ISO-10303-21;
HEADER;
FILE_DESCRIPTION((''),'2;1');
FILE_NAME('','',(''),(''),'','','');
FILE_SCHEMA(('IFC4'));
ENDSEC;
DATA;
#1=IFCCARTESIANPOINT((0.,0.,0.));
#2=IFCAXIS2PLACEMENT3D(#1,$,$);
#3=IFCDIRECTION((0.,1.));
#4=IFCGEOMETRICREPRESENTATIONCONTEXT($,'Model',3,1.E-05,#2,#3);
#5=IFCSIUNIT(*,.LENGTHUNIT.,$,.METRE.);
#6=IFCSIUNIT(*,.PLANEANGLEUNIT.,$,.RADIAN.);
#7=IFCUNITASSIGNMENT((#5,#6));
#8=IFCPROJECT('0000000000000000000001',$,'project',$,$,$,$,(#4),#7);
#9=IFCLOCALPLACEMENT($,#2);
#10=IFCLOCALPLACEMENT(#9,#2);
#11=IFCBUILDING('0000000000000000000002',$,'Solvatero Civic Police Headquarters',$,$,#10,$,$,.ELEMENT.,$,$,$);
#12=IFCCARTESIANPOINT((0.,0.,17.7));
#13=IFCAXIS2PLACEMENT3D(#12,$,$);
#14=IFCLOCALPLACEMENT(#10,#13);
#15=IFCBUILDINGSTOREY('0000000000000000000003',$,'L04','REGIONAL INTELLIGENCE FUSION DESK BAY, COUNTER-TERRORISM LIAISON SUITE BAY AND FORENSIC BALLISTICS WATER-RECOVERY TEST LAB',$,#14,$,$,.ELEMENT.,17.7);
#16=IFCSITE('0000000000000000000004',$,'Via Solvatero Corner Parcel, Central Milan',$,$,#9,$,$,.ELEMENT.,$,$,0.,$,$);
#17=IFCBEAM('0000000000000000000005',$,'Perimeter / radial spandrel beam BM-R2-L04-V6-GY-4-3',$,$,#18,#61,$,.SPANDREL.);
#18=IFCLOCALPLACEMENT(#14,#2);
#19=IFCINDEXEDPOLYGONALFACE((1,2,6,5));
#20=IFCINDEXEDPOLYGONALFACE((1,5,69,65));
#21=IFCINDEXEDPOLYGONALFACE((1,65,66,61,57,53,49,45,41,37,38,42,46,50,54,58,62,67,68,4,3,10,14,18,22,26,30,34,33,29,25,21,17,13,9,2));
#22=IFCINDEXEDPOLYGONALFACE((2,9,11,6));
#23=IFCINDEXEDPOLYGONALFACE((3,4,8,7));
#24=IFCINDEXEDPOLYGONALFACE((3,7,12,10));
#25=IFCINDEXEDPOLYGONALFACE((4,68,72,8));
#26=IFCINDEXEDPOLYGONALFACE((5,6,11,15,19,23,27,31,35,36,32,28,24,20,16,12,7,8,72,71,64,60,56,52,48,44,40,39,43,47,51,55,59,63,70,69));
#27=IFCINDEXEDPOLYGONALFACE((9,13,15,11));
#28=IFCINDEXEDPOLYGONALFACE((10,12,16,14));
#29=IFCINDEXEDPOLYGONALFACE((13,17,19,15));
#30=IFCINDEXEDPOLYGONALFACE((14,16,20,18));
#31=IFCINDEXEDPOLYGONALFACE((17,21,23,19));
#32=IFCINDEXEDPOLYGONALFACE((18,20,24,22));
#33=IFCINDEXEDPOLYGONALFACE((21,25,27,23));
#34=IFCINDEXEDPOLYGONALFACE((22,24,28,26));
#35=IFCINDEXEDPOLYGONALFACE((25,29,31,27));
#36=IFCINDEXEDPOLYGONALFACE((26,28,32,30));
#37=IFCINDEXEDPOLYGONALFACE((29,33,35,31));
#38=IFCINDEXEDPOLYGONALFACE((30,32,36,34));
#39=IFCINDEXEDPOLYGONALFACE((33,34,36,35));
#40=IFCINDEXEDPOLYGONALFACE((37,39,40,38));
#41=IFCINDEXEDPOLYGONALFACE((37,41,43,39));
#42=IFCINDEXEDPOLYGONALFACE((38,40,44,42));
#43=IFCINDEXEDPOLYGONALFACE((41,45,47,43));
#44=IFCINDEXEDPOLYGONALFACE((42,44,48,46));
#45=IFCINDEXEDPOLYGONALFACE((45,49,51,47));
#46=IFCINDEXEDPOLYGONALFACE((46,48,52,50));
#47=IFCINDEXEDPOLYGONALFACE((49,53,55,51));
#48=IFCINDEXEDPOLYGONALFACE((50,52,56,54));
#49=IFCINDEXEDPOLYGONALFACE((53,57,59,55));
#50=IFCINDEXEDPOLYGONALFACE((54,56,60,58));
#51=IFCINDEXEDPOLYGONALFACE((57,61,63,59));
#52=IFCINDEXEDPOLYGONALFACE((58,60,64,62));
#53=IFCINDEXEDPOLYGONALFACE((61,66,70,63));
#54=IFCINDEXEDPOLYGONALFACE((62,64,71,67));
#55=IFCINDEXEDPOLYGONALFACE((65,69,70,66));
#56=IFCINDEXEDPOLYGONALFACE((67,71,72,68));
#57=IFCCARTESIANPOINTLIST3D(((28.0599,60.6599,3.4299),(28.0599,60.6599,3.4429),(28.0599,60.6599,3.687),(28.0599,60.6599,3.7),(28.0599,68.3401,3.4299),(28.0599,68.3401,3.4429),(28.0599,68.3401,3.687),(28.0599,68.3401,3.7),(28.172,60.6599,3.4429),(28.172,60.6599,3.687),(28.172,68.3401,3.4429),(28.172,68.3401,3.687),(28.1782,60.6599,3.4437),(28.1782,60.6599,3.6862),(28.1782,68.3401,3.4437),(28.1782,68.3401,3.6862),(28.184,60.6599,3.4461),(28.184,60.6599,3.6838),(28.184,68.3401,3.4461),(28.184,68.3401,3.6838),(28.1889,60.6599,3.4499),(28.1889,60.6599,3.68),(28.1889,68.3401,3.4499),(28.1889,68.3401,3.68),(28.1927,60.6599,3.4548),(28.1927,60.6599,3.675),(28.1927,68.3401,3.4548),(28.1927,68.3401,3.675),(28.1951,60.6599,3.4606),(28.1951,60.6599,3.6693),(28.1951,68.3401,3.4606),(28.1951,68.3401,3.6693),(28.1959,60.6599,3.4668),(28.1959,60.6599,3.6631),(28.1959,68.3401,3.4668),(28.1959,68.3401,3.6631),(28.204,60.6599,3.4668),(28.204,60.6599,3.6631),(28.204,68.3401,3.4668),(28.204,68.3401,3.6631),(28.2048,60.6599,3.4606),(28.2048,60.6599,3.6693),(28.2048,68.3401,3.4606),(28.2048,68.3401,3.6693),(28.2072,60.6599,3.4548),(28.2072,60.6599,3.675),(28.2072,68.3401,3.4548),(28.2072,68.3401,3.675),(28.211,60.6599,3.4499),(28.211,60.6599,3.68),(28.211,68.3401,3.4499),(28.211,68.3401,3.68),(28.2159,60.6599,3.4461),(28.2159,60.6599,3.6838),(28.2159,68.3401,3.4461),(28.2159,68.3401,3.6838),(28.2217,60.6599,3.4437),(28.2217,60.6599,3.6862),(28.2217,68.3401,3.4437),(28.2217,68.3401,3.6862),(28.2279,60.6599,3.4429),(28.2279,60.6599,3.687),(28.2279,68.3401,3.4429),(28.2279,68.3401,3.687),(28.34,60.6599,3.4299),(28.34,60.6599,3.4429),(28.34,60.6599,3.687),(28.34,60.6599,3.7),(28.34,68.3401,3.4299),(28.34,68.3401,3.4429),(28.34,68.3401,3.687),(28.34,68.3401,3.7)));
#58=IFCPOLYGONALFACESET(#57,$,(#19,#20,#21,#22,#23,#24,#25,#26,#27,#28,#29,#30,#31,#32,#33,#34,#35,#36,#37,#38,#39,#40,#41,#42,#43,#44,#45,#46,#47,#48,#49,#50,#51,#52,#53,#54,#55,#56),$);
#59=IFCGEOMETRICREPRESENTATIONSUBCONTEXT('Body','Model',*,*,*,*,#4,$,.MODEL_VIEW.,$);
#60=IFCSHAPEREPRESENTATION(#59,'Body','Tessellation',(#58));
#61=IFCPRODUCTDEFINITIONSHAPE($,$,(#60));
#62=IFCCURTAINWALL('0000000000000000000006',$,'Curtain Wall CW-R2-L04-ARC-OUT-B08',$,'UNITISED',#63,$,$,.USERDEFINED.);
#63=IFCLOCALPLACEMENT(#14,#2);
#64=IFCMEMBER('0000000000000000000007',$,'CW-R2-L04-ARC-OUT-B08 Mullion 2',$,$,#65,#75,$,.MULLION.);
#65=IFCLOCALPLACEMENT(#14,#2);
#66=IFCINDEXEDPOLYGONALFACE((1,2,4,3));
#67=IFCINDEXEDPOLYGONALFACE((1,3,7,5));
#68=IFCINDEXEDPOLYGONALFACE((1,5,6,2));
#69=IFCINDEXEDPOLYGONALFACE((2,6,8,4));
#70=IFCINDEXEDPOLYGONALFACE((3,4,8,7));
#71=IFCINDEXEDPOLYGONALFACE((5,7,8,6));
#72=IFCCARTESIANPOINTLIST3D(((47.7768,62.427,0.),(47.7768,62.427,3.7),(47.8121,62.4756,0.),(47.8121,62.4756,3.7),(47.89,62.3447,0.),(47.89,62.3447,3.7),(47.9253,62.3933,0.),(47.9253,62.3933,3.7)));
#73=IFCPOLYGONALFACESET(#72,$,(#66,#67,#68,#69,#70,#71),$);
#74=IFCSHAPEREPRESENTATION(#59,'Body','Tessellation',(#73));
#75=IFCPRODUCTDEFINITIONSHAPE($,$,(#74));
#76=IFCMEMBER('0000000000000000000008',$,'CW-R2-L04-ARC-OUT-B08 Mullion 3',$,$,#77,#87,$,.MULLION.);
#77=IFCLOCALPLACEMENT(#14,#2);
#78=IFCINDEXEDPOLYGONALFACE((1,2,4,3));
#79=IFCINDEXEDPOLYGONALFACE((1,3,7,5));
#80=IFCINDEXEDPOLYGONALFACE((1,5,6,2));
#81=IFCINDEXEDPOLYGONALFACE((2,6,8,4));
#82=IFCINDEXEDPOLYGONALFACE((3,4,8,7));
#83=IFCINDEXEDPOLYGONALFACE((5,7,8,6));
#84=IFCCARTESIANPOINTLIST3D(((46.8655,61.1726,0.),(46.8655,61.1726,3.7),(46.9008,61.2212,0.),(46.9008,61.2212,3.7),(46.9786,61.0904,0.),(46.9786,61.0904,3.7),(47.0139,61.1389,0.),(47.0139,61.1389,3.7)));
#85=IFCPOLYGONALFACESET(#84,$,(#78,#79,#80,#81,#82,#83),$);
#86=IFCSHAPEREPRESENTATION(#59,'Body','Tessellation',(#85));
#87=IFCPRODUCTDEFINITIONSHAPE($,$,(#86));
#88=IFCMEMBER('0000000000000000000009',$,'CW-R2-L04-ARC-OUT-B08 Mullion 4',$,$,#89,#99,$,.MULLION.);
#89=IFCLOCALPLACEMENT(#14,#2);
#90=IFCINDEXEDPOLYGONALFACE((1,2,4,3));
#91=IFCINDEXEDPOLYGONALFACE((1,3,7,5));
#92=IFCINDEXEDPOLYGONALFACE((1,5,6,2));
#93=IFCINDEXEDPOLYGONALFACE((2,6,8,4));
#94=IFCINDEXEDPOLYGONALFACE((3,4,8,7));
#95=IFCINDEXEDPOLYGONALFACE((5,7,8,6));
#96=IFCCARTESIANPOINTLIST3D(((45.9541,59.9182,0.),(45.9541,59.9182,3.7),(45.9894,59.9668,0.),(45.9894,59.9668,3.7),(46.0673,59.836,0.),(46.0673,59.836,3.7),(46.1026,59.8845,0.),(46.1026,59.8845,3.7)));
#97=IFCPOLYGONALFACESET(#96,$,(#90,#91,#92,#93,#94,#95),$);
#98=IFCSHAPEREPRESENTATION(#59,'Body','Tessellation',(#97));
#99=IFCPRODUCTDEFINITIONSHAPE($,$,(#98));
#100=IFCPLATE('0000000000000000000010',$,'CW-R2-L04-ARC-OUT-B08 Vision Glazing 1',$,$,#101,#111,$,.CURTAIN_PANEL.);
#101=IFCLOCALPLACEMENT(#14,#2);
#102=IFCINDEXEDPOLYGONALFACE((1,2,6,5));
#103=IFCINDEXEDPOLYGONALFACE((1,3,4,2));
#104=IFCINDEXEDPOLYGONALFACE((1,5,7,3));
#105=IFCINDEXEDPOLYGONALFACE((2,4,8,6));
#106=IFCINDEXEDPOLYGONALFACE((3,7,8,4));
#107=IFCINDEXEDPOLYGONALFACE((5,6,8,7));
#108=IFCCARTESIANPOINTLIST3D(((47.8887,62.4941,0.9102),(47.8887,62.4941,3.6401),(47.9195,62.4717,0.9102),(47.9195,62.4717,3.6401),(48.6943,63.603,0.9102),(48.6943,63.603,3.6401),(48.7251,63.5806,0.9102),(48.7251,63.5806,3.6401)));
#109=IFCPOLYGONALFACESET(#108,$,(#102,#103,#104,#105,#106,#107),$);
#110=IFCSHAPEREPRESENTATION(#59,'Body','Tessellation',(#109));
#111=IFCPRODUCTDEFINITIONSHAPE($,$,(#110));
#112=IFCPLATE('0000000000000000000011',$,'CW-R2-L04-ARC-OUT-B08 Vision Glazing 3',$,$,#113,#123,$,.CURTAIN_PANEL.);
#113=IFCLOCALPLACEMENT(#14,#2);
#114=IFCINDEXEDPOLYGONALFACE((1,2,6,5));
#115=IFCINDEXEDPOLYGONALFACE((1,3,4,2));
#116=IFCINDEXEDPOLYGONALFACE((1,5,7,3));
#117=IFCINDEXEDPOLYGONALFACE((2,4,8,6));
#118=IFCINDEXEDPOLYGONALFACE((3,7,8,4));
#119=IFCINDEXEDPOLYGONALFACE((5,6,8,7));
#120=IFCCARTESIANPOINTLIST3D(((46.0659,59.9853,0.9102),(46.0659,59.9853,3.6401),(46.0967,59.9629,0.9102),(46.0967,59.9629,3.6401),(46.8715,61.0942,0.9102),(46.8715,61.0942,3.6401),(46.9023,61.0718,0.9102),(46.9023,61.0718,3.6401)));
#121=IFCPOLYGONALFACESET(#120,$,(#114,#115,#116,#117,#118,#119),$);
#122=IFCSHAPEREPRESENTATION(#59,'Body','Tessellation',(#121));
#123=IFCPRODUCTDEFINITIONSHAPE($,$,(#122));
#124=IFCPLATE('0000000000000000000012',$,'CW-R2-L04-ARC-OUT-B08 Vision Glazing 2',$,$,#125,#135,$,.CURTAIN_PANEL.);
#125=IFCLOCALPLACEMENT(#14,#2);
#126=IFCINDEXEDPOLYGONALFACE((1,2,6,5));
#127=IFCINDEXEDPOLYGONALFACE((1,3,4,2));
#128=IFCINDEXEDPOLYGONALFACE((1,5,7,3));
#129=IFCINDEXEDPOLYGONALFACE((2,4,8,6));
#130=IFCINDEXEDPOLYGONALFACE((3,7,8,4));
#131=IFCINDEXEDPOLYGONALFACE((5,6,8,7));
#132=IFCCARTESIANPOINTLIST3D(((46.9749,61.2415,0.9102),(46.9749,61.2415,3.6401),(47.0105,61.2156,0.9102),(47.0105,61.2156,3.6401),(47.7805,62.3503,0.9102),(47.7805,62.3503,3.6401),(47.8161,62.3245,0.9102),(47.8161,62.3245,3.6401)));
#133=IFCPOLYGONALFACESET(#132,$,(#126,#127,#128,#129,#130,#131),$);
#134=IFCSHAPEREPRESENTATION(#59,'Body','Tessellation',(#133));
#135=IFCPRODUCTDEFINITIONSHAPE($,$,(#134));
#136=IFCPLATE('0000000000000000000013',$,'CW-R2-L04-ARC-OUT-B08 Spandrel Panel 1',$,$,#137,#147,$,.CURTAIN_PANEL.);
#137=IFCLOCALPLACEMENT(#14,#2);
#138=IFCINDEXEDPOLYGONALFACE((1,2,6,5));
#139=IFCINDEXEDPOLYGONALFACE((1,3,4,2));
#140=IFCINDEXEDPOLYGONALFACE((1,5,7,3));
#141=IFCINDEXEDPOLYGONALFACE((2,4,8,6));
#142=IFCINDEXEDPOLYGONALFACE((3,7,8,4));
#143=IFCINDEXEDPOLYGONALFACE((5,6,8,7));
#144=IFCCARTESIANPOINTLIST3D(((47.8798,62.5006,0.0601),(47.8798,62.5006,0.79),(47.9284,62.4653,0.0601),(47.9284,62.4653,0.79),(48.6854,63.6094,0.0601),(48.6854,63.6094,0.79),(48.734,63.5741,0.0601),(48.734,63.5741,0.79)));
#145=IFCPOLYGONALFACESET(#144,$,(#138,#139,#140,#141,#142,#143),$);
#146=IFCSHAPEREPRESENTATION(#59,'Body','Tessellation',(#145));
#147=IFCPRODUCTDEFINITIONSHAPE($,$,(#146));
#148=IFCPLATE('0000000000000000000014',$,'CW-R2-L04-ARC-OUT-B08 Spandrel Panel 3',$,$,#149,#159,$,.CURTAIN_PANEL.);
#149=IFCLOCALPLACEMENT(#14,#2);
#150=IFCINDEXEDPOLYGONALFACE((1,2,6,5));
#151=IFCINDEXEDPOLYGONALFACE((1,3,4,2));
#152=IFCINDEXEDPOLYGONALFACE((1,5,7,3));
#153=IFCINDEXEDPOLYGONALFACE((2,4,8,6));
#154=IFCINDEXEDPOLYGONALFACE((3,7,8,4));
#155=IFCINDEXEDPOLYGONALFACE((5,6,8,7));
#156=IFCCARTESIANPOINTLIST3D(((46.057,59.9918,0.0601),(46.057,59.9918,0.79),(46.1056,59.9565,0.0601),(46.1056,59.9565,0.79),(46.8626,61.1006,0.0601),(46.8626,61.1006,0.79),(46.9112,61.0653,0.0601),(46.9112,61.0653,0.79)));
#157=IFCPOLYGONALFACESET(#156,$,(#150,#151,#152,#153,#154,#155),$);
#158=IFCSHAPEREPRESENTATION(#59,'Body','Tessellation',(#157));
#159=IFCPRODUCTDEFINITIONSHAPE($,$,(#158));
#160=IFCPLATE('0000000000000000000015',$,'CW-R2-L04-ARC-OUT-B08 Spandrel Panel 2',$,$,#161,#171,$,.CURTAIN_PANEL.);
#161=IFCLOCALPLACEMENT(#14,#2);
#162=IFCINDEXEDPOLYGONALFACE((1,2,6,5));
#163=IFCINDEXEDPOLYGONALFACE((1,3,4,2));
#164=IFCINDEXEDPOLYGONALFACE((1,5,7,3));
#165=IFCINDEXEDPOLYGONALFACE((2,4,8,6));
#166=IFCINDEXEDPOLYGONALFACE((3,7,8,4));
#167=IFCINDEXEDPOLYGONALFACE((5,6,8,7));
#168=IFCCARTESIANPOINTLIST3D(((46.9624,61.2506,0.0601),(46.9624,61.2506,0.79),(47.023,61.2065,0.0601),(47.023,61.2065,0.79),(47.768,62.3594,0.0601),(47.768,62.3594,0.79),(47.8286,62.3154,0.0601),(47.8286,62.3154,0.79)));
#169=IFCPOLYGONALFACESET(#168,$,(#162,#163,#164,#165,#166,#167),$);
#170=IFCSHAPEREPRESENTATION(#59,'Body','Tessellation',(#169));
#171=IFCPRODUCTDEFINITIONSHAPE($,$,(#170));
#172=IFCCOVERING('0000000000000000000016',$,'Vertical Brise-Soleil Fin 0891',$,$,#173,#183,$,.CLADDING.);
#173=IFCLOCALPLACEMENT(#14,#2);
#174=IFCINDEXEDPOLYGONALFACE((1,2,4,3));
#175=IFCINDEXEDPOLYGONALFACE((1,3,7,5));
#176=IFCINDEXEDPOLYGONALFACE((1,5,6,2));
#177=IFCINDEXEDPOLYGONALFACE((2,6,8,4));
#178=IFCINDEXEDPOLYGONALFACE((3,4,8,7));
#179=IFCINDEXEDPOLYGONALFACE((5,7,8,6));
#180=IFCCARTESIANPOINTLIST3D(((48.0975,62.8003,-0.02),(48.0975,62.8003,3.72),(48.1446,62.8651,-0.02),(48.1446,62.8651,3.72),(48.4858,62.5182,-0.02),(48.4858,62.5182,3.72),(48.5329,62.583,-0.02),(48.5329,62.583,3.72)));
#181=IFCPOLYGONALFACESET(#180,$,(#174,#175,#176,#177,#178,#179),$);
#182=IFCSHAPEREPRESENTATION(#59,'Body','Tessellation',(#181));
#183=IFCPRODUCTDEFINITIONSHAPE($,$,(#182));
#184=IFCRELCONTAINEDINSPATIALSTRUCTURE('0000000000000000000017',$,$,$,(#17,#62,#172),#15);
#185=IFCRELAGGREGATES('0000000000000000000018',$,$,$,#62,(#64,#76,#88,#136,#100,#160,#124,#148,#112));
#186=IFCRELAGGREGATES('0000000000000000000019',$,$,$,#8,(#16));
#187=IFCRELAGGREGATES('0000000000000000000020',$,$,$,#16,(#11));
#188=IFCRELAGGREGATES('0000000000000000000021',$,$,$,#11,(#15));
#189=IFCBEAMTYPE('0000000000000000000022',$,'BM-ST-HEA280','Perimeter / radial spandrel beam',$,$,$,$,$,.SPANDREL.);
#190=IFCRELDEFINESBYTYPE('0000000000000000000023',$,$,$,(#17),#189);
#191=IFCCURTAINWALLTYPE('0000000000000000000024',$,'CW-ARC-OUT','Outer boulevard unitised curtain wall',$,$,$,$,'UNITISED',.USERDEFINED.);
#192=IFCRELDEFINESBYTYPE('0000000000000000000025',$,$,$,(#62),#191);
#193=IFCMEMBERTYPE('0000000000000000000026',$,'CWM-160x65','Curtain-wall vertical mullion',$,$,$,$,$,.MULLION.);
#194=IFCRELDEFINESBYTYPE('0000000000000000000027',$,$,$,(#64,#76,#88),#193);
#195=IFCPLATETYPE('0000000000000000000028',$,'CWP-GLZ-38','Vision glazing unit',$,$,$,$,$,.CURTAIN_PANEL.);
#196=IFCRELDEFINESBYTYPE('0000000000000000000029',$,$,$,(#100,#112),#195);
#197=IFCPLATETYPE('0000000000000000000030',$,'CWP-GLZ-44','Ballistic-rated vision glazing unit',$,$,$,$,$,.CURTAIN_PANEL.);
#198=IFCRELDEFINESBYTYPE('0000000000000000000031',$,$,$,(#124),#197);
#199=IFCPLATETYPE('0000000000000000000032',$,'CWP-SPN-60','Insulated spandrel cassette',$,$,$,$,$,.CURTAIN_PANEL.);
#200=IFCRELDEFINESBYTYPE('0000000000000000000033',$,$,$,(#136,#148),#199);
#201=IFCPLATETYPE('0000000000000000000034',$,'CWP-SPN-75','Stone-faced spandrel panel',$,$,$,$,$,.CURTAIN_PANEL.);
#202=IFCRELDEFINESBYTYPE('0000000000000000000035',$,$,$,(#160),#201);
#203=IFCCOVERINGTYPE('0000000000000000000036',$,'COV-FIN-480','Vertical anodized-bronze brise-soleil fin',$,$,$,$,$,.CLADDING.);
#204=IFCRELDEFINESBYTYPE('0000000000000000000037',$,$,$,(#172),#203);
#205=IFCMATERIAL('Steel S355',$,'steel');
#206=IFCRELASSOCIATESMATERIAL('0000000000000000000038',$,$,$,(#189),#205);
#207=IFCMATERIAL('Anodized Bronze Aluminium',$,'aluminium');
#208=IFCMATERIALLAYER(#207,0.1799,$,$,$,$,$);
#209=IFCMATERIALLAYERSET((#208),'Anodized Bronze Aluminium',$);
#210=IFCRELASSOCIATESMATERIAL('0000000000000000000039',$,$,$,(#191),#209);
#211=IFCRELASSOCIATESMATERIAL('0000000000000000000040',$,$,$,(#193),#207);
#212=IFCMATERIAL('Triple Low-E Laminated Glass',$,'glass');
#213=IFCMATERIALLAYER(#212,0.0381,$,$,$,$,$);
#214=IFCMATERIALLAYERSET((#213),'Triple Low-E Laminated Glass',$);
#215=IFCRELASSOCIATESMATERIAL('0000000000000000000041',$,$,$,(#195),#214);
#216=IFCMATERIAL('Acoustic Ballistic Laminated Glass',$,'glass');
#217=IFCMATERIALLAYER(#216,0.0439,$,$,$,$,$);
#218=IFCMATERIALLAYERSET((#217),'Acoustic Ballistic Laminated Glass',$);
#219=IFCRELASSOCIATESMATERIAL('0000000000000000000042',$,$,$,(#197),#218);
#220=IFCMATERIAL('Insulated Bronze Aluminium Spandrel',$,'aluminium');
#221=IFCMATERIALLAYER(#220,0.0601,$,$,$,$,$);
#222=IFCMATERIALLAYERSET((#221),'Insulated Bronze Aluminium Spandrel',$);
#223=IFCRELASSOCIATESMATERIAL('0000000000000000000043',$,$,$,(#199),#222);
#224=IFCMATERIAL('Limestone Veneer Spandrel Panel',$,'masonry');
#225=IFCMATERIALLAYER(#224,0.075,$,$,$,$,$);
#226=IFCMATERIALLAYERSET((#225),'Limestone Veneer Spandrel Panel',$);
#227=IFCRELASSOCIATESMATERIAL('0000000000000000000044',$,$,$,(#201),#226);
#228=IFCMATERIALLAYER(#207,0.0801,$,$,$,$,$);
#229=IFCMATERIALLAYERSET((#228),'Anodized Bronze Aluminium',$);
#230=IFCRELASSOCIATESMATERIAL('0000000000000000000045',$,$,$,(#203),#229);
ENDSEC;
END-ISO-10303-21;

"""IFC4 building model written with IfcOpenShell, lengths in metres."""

from ifc_helpers import new_model, si_unit, direction, frame, origin, origin_2d, place, context, subcontext, project, spatial, rectangle, i_section, extrude, material, layer, layer_set, material_profile, profile_set, type_object, element, aggregate, save


model = new_model("IFC4")

# Units and contexts
model_context = context("Model", 3, precision=1e-05, world=origin(), true_north=direction((0.0, 1.0)))
body_context = subcontext(model_context, "Body", "Model", "MODEL_VIEW")
ifc_project = project(units=[si_unit("LENGTHUNIT", "METRE"), si_unit("PLANEANGLEUNIT", "RADIAN")], contexts=[model_context])

# Site, building, storey
site_placement = place(None, origin())
site = spatial("IfcSite", under=ifc_project, at=site_placement, Name="Via Solvatero Corner Parcel, Central Milan", CompositionType="ELEMENT", RefElevation=0.0)
building_placement = place(site_placement, origin())
building = spatial("IfcBuilding", under=site, at=building_placement, Name="Solvatero Civic Police Headquarters", CompositionType="ELEMENT")
storey_placement = place(building_placement, frame((0.0, 0.0, 17.7)))
storey = spatial("IfcBuildingStorey", under=building, at=storey_placement, Name="L04", Description="REGIONAL INTELLIGENCE FUSION DESK BAY, COUNTER-TERRORISM LIAISON SUITE BAY AND FORENSIC BALLISTICS WATER-RECOVERY TEST LAB", CompositionType="ELEMENT", Elevation=17.7)

# Beam
ifc_material_1 = material(Name="Steel S355", Category="steel")
ifc_material_profile_1 = material_profile(ifc_material_1, i_section(OverallWidth=0.28, OverallDepth=0.27, WebThickness=0.0081, FlangeThickness=0.0129, FilletRadius=0.0239, at=origin_2d()), Name="HEA 280")
ifc_profile_set_1 = profile_set([ifc_material_profile_1], Name="Steel S355")
beam_type = type_object("IfcBeamType", Name="BM-ST-HEA280", Description="Perimeter / radial spandrel beam", PredefinedType="SPANDREL", material=ifc_profile_set_1)
beam_placement = place(storey_placement, frame((28.2, 60.6599, 3.5649), z_axis=(0.0, 1.0, 0.0), x_axis=(-1.0, 0.0, 0.0)))
element("IfcBeam", 1, at=beam_placement, inside=storey, type_object=beam_type, Name="Perimeter / radial spandrel beam BM-R2-L04-V6-GY-4-3", PredefinedType="SPANDREL", context=body_context, shape_type="SweptSolid", body=[
    extrude(i_section(OverallWidth=0.28, OverallDepth=0.27, WebThickness=0.0081, FlangeThickness=0.0129, FilletRadius=0.0239, at=origin_2d()), origin(), (0.0, 0.0, 1.0), 7.6802),
])

# Curtain wall, members, plates
ifc_material_2 = material(Name="Anodized Bronze Aluminium", Category="aluminium")
ifc_layer_1 = layer(ifc_material_2, 0.1799)
ifc_layer_set_1 = layer_set([ifc_layer_1], Name="Anodized Bronze Aluminium")
curtain_wall_type = type_object("IfcCurtainWallType", Name="CW-ARC-OUT", Description="Outer boulevard unitised curtain wall", ElementType="UNITISED", PredefinedType="USERDEFINED", material=ifc_layer_set_1)
curtain_wall_placement = place(storey_placement, origin())
curtain_wall = element("IfcCurtainWall", 2, at=curtain_wall_placement, inside=storey, type_object=curtain_wall_type, Name="Curtain Wall CW-R2-L04-ARC-OUT-B08", ObjectType="UNITISED", PredefinedType="USERDEFINED")
ifc_material_profile_2 = material_profile(ifc_material_2, rectangle(XDim=0.0601, YDim=0.1399, at=origin_2d()), Name="ALU MULLION 60x140")
ifc_profile_set_2 = profile_set([ifc_material_profile_2], Name="Anodized Bronze Aluminium")
member_type = type_object("IfcMemberType", Name="CWM-160x65", Description="Curtain-wall vertical mullion", PredefinedType="MULLION", material=ifc_profile_set_2)
member_1_placement = place(storey_placement, frame((47.8511, 62.4102, 0.0), z_axis=(0.0, 0.0, 1.0), x_axis=(-0.587785, -0.809017, 0.0)))
member_1 = element("IfcMember", 3, at=member_1_placement, type_object=member_type, Name="CW-R2-L04-ARC-OUT-B08 Mullion 2", PredefinedType="MULLION", context=body_context, shape_type="SweptSolid", body=[
    extrude(rectangle(XDim=0.0601, YDim=0.1399, at=origin_2d()), origin(), (0.0, 0.0, 1.0), 3.7),
])
member_2_placement = place(storey_placement, frame((46.9397, 61.1558, 0.0), z_axis=(0.0, 0.0, 1.0), x_axis=(-0.587785, -0.809017, 0.0)))
member_2 = element("IfcMember", 4, at=member_2_placement, type_object=member_type, Name="CW-R2-L04-ARC-OUT-B08 Mullion 3", PredefinedType="MULLION", context=body_context, shape_type="SweptSolid", body=[
    extrude(rectangle(XDim=0.0601, YDim=0.1399, at=origin_2d()), origin(), (0.0, 0.0, 1.0), 3.7),
])
member_3_placement = place(storey_placement, frame((46.0283, 59.9014, 0.0), z_axis=(0.0, 0.0, 1.0), x_axis=(-0.587785, -0.809017, 0.0)))
member_3 = element("IfcMember", 5, at=member_3_placement, type_object=member_type, Name="CW-R2-L04-ARC-OUT-B08 Mullion 4", PredefinedType="MULLION", context=body_context, shape_type="SweptSolid", body=[
    extrude(rectangle(XDim=0.0601, YDim=0.1399, at=origin_2d()), origin(), (0.0, 0.0, 1.0), 3.7),
])
ifc_material_3 = material(Name="Triple Low-E Laminated Glass", Category="glass")
ifc_layer_2 = layer(ifc_material_3, 0.0381)
ifc_layer_set_2 = layer_set([ifc_layer_2], Name="Triple Low-E Laminated Glass")
plate_type_1 = type_object("IfcPlateType", Name="CWP-GLZ-38", Description="Vision glazing unit", PredefinedType="CURTAIN_PANEL", material=ifc_layer_set_2)
plate_1_placement = place(storey_placement, frame((48.3069, 63.0374, 0.9102), z_axis=(0.0, 0.0, 1.0), x_axis=(-0.587785, -0.809017, 0.0)))
plate_1 = element("IfcPlate", 6, at=plate_1_placement, type_object=plate_type_1, Name="CW-R2-L04-ARC-OUT-B08 Vision Glazing 1", PredefinedType="CURTAIN_PANEL", context=body_context, shape_type="SweptSolid", body=[
    extrude(rectangle(XDim=1.3706, YDim=0.0381, at=origin_2d()), origin(), (0.0, 0.0, 1.0), 2.73),
])
plate_2_placement = place(storey_placement, frame((46.4841, 60.5286, 0.9102), z_axis=(0.0, 0.0, 1.0), x_axis=(-0.587785, -0.809017, 0.0)))
plate_2 = element("IfcPlate", 7, at=plate_2_placement, type_object=plate_type_1, Name="CW-R2-L04-ARC-OUT-B08 Vision Glazing 3", PredefinedType="CURTAIN_PANEL", context=body_context, shape_type="SweptSolid", body=[
    extrude(rectangle(XDim=1.3706, YDim=0.0381, at=origin_2d()), origin(), (0.0, 0.0, 1.0), 2.73),
])
ifc_material_4 = material(Name="Acoustic Ballistic Laminated Glass", Category="glass")
ifc_layer_3 = layer(ifc_material_4, 0.0439)
ifc_layer_set_3 = layer_set([ifc_layer_3], Name="Acoustic Ballistic Laminated Glass")
plate_type_2 = type_object("IfcPlateType", Name="CWP-GLZ-44", Description="Ballistic-rated vision glazing unit", PredefinedType="CURTAIN_PANEL", material=ifc_layer_set_3)
plate_3_placement = place(storey_placement, frame((47.3955, 61.783, 0.9102), z_axis=(0.0, 0.0, 1.0), x_axis=(-0.587785, -0.809017, 0.0)))
plate_3 = element("IfcPlate", 8, at=plate_3_placement, type_object=plate_type_2, Name="CW-R2-L04-ARC-OUT-B08 Vision Glazing 2", PredefinedType="CURTAIN_PANEL", context=body_context, shape_type="SweptSolid", body=[
    extrude(rectangle(XDim=1.3706, YDim=0.0439, at=origin_2d()), origin(), (0.0, 0.0, 1.0), 2.73),
])
ifc_material_5 = material(Name="Insulated Bronze Aluminium Spandrel", Category="aluminium")
ifc_layer_4 = layer(ifc_material_5, 0.0601)
ifc_layer_set_4 = layer_set([ifc_layer_4], Name="Insulated Bronze Aluminium Spandrel")
plate_type_3 = type_object("IfcPlateType", Name="CWP-SPN-60", Description="Insulated spandrel cassette", PredefinedType="CURTAIN_PANEL", material=ifc_layer_set_4)
plate_4_placement = place(storey_placement, frame((48.3069, 63.0374, 0.0601), z_axis=(0.0, 0.0, 1.0), x_axis=(-0.587785, -0.809017, 0.0)))
plate_4 = element("IfcPlate", 9, at=plate_4_placement, type_object=plate_type_3, Name="CW-R2-L04-ARC-OUT-B08 Spandrel Panel 1", PredefinedType="CURTAIN_PANEL", context=body_context, shape_type="SweptSolid", body=[
    extrude(rectangle(XDim=1.3706, YDim=0.0601, at=origin_2d()), origin(), (0.0, 0.0, 1.0), 0.73),
])
plate_5_placement = place(storey_placement, frame((46.4841, 60.5286, 0.0601), z_axis=(0.0, 0.0, 1.0), x_axis=(-0.587785, -0.809017, 0.0)))
plate_5 = element("IfcPlate", 10, at=plate_5_placement, type_object=plate_type_3, Name="CW-R2-L04-ARC-OUT-B08 Spandrel Panel 3", PredefinedType="CURTAIN_PANEL", context=body_context, shape_type="SweptSolid", body=[
    extrude(rectangle(XDim=1.3706, YDim=0.0601, at=origin_2d()), origin(), (0.0, 0.0, 1.0), 0.73),
])
ifc_material_6 = material(Name="Limestone Veneer Spandrel Panel", Category="masonry")
ifc_layer_5 = layer(ifc_material_6, 0.075)
ifc_layer_set_5 = layer_set([ifc_layer_5], Name="Limestone Veneer Spandrel Panel")
plate_type_4 = type_object("IfcPlateType", Name="CWP-SPN-75", Description="Stone-faced spandrel panel", PredefinedType="CURTAIN_PANEL", material=ifc_layer_set_5)
plate_6_placement = place(storey_placement, frame((47.3955, 61.783, 0.0601), z_axis=(0.0, 0.0, 1.0), x_axis=(-0.587785, -0.809017, 0.0)))
plate_6 = element("IfcPlate", 11, at=plate_6_placement, type_object=plate_type_4, Name="CW-R2-L04-ARC-OUT-B08 Spandrel Panel 2", PredefinedType="CURTAIN_PANEL", context=body_context, shape_type="SweptSolid", body=[
    extrude(rectangle(XDim=1.3706, YDim=0.075, at=origin_2d()), origin(), (0.0, 0.0, 1.0), 0.73),
])
aggregate(curtain_wall, [member_1, member_2, member_3, plate_4, plate_1, plate_6, plate_3, plate_5, plate_2])

# Covering
ifc_layer_6 = layer(ifc_material_2, 0.0801)
ifc_layer_set_6 = layer_set([ifc_layer_6], Name="Anodized Bronze Aluminium")
covering_type_1 = type_object("IfcCoveringType", Name="COV-FIN-480", Description="Vertical anodized-bronze brise-soleil fin", PredefinedType="CLADDING", material=ifc_layer_set_6)
for number, where, z_axis, x_axis, name in (
    (12, (48.3152, 62.6917, -0.02), (0.0, 0.0, 1.0), (-0.587785, -0.809017, 0.0), "Vertical Brise-Soleil Fin 0891"),
):
    element("IfcCovering", number, at=place(storey_placement, frame(where, z_axis=z_axis, x_axis=x_axis)), inside=storey, type_object=covering_type_1, Name=name, PredefinedType="CLADDING", context=body_context, shape_type="SweptSolid", body=[
        extrude(rectangle(XDim=0.0801, YDim=0.48, at=origin_2d()), origin(), (0.0, 0.0, 1.0), 3.74),
    ])

save(model, "model.ifc")
